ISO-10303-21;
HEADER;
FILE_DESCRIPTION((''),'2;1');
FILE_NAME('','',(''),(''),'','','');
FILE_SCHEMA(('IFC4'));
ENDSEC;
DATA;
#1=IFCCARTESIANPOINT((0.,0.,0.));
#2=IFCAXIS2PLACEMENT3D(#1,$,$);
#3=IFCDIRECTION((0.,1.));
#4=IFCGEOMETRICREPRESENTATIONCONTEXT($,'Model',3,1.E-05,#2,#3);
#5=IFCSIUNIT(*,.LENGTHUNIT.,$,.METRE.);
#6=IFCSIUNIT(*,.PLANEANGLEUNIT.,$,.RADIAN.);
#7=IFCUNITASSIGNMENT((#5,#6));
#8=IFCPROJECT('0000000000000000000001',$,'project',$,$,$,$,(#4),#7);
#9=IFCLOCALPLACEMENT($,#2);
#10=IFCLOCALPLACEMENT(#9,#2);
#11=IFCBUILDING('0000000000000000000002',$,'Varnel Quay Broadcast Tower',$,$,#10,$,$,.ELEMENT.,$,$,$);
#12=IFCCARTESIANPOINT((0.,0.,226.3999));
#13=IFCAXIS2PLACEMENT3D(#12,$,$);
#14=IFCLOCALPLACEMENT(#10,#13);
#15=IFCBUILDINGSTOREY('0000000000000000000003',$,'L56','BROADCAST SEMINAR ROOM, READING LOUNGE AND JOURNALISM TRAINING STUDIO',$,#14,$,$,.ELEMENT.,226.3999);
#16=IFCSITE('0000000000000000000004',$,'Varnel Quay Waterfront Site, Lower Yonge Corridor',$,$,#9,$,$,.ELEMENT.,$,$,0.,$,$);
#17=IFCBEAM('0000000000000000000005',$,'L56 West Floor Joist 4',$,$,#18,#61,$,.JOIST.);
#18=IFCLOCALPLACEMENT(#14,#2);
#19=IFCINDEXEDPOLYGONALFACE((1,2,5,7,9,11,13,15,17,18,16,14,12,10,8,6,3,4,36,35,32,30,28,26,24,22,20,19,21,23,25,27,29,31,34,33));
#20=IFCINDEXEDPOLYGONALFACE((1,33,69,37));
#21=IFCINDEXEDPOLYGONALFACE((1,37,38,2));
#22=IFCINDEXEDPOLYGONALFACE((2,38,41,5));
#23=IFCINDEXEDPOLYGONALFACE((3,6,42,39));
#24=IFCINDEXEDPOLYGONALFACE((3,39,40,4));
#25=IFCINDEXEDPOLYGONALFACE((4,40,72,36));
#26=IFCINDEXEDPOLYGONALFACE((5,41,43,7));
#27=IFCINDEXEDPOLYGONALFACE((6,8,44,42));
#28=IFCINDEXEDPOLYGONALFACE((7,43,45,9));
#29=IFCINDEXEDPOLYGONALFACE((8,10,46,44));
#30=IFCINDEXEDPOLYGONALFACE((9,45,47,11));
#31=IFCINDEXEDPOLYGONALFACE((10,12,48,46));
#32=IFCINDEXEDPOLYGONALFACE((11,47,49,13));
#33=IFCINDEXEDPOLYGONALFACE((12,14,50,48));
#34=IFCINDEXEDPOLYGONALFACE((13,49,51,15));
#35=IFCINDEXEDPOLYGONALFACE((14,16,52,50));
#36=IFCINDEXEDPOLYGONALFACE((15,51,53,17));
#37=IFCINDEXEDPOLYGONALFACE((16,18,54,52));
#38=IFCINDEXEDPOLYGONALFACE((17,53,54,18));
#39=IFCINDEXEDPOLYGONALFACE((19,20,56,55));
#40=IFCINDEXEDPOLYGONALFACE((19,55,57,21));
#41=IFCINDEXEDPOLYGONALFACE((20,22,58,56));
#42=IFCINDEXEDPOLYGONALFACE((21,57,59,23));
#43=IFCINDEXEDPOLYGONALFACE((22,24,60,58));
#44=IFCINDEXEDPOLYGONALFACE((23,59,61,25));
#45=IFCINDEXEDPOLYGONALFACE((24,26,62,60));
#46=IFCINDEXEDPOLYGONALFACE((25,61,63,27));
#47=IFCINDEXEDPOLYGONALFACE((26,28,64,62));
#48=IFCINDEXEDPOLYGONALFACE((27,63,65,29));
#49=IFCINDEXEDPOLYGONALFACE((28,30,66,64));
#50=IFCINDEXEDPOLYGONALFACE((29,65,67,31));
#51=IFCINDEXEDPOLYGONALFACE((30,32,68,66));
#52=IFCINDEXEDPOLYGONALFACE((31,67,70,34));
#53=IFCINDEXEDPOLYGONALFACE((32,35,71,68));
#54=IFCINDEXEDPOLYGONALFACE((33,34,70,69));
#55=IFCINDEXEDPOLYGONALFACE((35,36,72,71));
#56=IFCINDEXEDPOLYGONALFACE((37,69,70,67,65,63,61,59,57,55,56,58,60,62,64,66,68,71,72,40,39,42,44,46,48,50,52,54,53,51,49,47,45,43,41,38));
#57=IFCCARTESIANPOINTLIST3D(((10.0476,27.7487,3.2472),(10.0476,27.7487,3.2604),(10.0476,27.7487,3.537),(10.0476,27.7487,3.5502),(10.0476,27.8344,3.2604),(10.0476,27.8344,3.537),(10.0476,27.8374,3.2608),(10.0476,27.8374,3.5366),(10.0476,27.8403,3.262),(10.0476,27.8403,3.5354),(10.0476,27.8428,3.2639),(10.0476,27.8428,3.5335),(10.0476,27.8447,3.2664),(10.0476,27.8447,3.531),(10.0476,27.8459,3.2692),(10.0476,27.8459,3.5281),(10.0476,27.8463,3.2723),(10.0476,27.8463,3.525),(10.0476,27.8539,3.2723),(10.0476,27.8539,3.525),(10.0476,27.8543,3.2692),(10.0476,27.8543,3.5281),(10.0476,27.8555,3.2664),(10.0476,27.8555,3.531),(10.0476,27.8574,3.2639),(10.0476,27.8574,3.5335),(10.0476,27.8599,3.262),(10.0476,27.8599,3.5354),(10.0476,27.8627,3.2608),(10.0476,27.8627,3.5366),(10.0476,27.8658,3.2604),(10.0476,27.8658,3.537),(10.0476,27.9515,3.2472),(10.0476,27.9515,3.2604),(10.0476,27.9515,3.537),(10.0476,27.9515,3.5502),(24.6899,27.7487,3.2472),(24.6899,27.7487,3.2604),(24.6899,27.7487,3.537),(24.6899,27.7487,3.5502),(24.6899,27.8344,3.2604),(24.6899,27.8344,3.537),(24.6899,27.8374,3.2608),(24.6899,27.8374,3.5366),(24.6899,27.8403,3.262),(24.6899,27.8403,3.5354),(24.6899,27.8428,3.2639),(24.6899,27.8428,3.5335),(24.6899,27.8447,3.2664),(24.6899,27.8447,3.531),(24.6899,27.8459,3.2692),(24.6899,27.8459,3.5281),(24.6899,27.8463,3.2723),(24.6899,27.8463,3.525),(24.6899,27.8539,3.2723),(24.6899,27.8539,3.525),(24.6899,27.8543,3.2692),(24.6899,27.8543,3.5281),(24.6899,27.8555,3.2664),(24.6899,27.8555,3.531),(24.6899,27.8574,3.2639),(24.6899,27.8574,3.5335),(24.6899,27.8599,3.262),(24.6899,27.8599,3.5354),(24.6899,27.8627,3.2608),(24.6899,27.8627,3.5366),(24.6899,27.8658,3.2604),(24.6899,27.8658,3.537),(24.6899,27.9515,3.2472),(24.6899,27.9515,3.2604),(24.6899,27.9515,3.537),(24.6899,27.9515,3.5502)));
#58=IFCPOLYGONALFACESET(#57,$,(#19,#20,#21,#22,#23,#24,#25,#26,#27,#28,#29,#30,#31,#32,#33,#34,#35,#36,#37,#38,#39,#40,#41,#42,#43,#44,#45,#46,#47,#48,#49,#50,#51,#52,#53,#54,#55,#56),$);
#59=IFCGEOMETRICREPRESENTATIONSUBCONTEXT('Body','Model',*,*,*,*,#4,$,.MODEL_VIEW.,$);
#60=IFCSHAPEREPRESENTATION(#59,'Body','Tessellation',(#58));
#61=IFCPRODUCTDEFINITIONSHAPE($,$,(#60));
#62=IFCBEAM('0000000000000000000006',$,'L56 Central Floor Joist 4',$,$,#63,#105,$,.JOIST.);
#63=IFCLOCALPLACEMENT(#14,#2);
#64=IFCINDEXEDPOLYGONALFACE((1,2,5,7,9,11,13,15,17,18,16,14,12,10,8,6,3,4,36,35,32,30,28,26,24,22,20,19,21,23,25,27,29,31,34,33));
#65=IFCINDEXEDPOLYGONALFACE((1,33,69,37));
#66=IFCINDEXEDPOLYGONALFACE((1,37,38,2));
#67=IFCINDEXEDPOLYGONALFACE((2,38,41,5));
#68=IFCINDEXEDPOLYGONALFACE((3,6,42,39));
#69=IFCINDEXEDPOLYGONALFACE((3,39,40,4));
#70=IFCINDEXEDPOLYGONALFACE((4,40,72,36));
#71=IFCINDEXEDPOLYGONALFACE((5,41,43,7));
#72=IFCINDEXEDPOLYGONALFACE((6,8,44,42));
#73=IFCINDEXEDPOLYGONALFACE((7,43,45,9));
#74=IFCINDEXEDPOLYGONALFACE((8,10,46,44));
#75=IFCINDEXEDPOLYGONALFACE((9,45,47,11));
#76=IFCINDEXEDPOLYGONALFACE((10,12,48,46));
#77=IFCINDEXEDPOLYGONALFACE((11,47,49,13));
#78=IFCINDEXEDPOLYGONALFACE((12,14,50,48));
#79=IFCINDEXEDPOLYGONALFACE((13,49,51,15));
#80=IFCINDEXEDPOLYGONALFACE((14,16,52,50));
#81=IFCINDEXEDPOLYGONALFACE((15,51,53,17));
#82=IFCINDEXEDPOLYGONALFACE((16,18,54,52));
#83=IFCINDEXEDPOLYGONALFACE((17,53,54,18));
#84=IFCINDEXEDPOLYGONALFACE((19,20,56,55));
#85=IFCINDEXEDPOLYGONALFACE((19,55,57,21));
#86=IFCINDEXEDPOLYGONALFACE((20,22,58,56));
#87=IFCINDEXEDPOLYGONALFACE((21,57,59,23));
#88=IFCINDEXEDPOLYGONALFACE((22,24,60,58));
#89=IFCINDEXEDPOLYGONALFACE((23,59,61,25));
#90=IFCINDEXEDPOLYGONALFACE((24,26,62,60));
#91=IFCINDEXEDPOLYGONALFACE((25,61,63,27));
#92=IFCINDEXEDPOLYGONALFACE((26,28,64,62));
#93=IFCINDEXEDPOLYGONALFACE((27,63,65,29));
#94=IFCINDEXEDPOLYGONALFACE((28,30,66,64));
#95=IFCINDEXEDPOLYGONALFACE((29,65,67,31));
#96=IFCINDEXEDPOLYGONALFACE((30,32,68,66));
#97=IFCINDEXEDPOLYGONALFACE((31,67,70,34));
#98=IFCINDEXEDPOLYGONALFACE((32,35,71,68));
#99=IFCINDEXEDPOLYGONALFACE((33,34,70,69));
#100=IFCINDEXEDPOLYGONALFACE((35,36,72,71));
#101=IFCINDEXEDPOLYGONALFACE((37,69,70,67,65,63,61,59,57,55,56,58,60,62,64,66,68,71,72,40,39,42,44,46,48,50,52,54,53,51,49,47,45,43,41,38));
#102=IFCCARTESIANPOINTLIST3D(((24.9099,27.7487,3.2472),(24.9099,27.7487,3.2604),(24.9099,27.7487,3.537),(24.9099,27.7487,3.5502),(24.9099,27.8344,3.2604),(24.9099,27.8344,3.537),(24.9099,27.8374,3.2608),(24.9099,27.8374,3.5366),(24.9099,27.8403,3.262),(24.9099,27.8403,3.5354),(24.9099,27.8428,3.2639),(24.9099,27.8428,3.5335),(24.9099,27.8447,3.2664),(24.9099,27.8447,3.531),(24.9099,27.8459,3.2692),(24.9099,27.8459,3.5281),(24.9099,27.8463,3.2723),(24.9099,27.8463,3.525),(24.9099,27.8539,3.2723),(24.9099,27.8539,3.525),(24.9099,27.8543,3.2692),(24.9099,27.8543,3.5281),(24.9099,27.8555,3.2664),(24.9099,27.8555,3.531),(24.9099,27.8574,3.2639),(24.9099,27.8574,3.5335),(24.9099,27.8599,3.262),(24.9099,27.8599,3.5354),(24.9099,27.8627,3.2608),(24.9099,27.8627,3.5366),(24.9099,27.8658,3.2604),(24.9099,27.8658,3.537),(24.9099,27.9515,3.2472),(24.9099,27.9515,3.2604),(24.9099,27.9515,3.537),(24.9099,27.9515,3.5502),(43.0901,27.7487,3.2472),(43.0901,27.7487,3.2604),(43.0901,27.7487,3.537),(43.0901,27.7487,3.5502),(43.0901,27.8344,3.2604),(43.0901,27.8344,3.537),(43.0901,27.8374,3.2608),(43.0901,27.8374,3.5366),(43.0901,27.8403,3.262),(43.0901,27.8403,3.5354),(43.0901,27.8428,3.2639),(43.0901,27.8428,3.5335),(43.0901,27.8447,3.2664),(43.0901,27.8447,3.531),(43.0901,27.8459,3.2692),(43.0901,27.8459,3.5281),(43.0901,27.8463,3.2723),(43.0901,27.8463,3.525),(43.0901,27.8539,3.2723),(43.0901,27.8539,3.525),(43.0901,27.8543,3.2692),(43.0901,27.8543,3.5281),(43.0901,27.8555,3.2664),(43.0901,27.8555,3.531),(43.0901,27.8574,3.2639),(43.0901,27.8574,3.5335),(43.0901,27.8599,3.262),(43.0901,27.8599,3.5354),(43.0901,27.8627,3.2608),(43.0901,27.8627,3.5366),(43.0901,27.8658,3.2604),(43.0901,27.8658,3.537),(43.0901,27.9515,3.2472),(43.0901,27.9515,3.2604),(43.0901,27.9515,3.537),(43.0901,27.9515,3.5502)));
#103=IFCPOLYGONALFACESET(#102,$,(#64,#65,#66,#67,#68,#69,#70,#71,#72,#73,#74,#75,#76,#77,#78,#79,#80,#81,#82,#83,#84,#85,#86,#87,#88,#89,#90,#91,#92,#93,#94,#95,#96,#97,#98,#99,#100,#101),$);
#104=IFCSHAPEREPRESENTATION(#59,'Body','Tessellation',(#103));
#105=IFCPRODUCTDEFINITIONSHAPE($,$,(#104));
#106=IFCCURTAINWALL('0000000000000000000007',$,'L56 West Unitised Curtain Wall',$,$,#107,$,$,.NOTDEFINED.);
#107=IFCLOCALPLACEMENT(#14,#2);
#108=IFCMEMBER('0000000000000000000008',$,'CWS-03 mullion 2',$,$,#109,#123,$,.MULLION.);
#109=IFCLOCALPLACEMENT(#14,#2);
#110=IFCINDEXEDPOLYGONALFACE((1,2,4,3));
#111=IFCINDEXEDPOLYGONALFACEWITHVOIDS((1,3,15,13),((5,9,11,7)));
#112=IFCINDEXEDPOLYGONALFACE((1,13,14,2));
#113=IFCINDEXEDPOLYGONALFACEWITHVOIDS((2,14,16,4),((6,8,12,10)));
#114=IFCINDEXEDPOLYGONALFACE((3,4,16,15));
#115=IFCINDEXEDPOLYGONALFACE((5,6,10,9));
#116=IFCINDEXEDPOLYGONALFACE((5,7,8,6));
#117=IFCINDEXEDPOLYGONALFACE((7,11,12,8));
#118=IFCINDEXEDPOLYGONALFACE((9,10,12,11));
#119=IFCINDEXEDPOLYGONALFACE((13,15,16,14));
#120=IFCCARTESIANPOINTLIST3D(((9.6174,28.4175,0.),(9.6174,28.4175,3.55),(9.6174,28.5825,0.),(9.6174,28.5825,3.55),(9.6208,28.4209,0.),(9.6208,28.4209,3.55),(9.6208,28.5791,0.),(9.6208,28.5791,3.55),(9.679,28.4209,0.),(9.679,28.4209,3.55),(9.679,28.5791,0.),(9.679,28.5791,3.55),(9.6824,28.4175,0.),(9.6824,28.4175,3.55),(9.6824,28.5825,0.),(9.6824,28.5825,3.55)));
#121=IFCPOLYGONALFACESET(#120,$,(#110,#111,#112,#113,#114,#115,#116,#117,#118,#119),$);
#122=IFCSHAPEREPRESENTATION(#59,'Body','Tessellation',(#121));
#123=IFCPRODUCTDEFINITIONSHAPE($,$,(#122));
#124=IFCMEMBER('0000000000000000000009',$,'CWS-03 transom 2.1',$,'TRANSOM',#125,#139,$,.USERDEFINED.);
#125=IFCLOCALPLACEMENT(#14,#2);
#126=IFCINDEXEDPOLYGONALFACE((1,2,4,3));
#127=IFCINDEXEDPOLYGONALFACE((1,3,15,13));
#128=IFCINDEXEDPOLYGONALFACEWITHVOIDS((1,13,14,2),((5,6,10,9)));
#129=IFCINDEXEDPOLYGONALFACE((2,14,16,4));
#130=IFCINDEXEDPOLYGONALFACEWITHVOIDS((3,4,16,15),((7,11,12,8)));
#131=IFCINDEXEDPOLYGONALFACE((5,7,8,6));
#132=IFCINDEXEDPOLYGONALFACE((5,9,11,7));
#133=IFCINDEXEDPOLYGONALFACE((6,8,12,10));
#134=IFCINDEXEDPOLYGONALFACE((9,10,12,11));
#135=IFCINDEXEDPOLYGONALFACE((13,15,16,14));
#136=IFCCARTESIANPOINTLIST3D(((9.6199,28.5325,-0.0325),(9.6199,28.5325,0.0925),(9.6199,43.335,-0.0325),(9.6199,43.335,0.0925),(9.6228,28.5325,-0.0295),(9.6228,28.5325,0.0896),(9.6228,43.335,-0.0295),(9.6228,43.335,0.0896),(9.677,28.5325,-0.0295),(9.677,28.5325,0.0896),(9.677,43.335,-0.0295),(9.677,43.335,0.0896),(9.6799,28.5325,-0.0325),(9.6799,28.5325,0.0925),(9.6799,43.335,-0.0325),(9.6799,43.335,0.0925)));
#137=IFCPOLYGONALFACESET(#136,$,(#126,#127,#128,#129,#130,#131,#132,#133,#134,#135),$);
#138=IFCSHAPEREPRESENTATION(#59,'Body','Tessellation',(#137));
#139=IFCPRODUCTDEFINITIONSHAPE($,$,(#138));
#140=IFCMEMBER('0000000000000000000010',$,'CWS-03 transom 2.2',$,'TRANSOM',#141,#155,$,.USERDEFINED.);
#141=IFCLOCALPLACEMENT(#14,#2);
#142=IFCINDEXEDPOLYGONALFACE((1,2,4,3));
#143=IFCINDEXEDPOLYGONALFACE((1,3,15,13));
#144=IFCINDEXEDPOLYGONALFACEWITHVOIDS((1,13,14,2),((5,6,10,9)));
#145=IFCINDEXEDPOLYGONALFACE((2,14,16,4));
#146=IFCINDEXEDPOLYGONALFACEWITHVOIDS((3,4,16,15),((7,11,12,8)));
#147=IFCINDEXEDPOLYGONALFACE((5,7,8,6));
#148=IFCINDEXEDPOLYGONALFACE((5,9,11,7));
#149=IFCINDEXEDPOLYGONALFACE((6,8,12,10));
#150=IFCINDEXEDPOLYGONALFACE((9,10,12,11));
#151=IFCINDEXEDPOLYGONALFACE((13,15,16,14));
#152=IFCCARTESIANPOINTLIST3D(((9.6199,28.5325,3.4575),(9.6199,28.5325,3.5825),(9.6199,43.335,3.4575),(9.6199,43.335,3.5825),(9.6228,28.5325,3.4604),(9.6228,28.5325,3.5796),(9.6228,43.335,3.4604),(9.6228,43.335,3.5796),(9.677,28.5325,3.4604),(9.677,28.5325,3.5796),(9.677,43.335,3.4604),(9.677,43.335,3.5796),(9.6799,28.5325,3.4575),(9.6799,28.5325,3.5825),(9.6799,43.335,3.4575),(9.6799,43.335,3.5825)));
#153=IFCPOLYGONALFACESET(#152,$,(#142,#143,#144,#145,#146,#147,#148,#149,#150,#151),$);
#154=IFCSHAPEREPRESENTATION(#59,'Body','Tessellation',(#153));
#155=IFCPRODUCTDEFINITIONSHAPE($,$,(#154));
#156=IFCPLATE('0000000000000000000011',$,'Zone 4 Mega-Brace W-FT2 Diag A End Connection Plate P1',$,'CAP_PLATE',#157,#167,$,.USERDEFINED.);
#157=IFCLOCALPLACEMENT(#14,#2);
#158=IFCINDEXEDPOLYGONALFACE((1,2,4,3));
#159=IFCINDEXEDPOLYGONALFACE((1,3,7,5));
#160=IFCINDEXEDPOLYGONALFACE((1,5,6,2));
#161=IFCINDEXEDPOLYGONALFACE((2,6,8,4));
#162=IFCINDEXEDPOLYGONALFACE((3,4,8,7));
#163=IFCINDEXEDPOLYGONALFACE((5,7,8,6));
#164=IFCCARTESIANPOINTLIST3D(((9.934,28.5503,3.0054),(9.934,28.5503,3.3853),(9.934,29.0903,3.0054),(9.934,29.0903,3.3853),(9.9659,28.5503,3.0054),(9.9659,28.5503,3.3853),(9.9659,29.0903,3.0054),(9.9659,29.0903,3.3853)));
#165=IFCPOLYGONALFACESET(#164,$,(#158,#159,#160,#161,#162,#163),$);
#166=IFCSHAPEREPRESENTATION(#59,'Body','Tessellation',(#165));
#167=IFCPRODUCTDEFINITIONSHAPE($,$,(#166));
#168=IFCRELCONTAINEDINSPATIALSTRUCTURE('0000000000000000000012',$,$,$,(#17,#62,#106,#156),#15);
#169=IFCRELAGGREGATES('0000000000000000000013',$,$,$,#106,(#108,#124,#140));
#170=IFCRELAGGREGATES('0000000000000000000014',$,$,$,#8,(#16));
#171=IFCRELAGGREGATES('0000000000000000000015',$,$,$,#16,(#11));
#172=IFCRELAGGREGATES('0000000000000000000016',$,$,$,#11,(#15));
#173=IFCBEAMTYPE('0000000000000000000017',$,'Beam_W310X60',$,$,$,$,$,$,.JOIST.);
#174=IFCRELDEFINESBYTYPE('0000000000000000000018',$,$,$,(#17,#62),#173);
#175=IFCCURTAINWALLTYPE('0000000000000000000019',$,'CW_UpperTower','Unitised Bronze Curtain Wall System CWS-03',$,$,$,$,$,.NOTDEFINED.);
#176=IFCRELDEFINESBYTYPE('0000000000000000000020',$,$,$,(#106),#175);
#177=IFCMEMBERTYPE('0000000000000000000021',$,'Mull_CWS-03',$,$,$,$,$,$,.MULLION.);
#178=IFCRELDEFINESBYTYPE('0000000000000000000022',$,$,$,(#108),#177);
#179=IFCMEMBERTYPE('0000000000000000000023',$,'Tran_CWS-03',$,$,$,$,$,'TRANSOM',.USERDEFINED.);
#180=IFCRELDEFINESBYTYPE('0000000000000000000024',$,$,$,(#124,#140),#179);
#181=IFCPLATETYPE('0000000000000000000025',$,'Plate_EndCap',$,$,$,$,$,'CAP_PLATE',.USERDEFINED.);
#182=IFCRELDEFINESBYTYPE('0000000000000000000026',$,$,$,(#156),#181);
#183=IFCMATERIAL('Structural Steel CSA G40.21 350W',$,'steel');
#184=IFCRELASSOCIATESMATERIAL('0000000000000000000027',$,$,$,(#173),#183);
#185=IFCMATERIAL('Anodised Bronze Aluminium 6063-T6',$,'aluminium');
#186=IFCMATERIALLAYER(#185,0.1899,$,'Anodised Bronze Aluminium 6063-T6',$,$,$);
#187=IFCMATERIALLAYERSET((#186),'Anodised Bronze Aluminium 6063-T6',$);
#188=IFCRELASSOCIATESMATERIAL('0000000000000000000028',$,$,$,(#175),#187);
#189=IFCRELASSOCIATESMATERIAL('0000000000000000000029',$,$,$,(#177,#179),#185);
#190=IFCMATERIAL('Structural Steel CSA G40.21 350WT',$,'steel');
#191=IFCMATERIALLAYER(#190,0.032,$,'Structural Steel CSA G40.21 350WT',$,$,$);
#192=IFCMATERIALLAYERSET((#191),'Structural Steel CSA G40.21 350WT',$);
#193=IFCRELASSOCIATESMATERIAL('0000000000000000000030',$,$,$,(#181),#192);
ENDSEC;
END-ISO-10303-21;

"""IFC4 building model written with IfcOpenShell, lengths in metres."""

from ifc_helpers import new_model, si_unit, direction, frame, origin, origin_2d, place, context, subcontext, project, spatial, rectangle, hollow_rectangle, i_section, extrude, source, transform, mapped, material, layer, layer_set, material_profile, profile_set, type_object, type_shapes, element, aggregate, save


model = new_model("IFC4")

# Units and contexts
model_context = context("Model", 3, precision=1e-05, world=origin(), true_north=direction((0.0, 1.0)))
body_context = subcontext(model_context, "Body", "Model", "MODEL_VIEW")
ifc_project = project(units=[si_unit("LENGTHUNIT", "METRE"), si_unit("PLANEANGLEUNIT", "RADIAN")], contexts=[model_context])

# Site, building, storey
site_placement = place(None, origin())
site = spatial("IfcSite", under=ifc_project, at=site_placement, Name="Varnel Quay Waterfront Site, Lower Yonge Corridor", CompositionType="ELEMENT", RefElevation=0.0)
building_placement = place(site_placement, origin())
building = spatial("IfcBuilding", under=site, at=building_placement, Name="Varnel Quay Broadcast Tower", CompositionType="ELEMENT")
storey_placement = place(building_placement, frame((0.0, 0.0, 226.3999)))
storey = spatial("IfcBuildingStorey", under=building, at=storey_placement, Name="L56", Description="BROADCAST SEMINAR ROOM, READING LOUNGE AND JOURNALISM TRAINING STUDIO", CompositionType="ELEMENT", Elevation=226.3999)

# Shared definitions
ifc_material_1 = material(Name="Structural Steel CSA G40.21 350WT", Category="steel")
ifc_material_2 = material(Name="Structural Steel CSA G40.21 350W", Category="steel")

# Beams
ifc_material_profile_1 = material_profile(ifc_material_2, i_section(OverallWidth=0.2029, OverallDepth=0.303, WebThickness=0.0076, FlangeThickness=0.0132, FilletRadius=0.012, at=origin_2d()), Name="W310X60")
ifc_profile_set_1 = profile_set([ifc_material_profile_1], Name="Structural Steel CSA G40.21 350W")
beam_type_1 = type_object("IfcBeamType", Name="Beam_W310X60", PredefinedType="JOIST", material=ifc_profile_set_1)
shared_shape_1 = source(origin(), body_context, "Body", "SweptSolid", [
    extrude(i_section(OverallWidth=0.2029, OverallDepth=0.303, WebThickness=0.0076, FlangeThickness=0.0132, FilletRadius=0.012, at=origin_2d()), origin(), (0.0, 0.0, 1.0), 14.6423),
])
beam_1_placement = place(storey_placement, frame((10.0476, 27.8501, 3.3987), z_axis=(1.0, 0.0, 0.0), x_axis=(0.0, 1.0, 0.0)))
element("IfcBeam", 1, at=beam_1_placement, inside=storey, type_object=beam_type_1, Name="L56 West Floor Joist 4", PredefinedType="JOIST", context=body_context, shape_type="MappedRepresentation", body=[
    mapped(shared_shape_1, transform((0.0, 0.0, 0.0), x_axis=(1.0, 0.0, 0.0), y_axis=(0.0, 1.0, 0.0), z_axis=(0.0, 0.0, 1.0), scale=1.0)),
])
shared_shape_2 = source(origin(), body_context, "Body", "SweptSolid", [
    extrude(i_section(OverallWidth=0.2029, OverallDepth=0.303, WebThickness=0.0076, FlangeThickness=0.0132, FilletRadius=0.012, at=origin_2d()), origin(), (0.0, 0.0, 1.0), 18.1802),
])
type_shapes(beam_type_1, [shared_shape_1, shared_shape_2])
beam_2_placement = place(storey_placement, frame((24.9099, 27.8501, 3.3987), z_axis=(1.0, 0.0, 0.0), x_axis=(0.0, 1.0, 0.0)))
element("IfcBeam", 2, at=beam_2_placement, inside=storey, type_object=beam_type_1, Name="L56 Central Floor Joist 4", PredefinedType="JOIST", context=body_context, shape_type="MappedRepresentation", body=[
    mapped(shared_shape_2, transform((0.0, 0.0, 0.0), x_axis=(1.0, 0.0, 0.0), y_axis=(0.0, 1.0, 0.0), z_axis=(0.0, 0.0, 1.0), scale=1.0)),
])

# Curtain wall, members
ifc_material_3 = material(Name="Anodised Bronze Aluminium 6063-T6", Category="aluminium")
ifc_layer_1 = layer(ifc_material_3, 0.1899, Name="Anodised Bronze Aluminium 6063-T6")
ifc_layer_set_1 = layer_set([ifc_layer_1], Name="Anodised Bronze Aluminium 6063-T6")
curtain_wall_type = type_object("IfcCurtainWallType", Name="CW_UpperTower", Description="Unitised Bronze Curtain Wall System CWS-03", PredefinedType="NOTDEFINED", material=ifc_layer_set_1)
curtain_wall_placement = place(storey_placement, origin())
curtain_wall = element("IfcCurtainWall", 3, at=curtain_wall_placement, inside=storey, type_object=curtain_wall_type, Name="L56 West Unitised Curtain Wall", PredefinedType="NOTDEFINED")
ifc_material_profile_2 = material_profile(ifc_material_3, hollow_rectangle(XDim=0.0649, YDim=0.165, WallThickness=0.0034, at=origin_2d()), Name="ALU65X165X3.5")
ifc_profile_set_2 = profile_set([ifc_material_profile_2], Name="Anodised Bronze Aluminium 6063-T6")
member_type_1 = type_object("IfcMemberType", Name="Mull_CWS-03", PredefinedType="MULLION", material=ifc_profile_set_2)
shared_shape_3 = source(origin(), body_context, "Body", "SweptSolid", [
    extrude(hollow_rectangle(XDim=0.0649, YDim=0.165, WallThickness=0.0034, at=origin_2d()), origin(), (0.0, 0.0, 1.0), 3.55),
])
type_shapes(member_type_1, [shared_shape_3])
member_1_placement = place(storey_placement, frame((9.6499, 28.5, 0.0), z_axis=(0.0, 0.0, 1.0), x_axis=(-1.0, 0.0, 0.0)))
member_1 = element("IfcMember", 4, at=member_1_placement, type_object=member_type_1, Name="CWS-03 mullion 2", PredefinedType="MULLION", context=body_context, shape_type="MappedRepresentation", body=[
    mapped(shared_shape_3, transform((0.0, 0.0, 0.0), x_axis=(1.0, 0.0, 0.0), y_axis=(0.0, 1.0, 0.0), z_axis=(0.0, 0.0, 1.0), scale=1.0)),
])
ifc_material_profile_3 = material_profile(ifc_material_3, hollow_rectangle(XDim=0.0601, YDim=0.125, WallThickness=0.0029, at=origin_2d()), Name="ALU60X125X3")
ifc_profile_set_3 = profile_set([ifc_material_profile_3], Name="Anodised Bronze Aluminium 6063-T6")
member_type_2 = type_object("IfcMemberType", Name="Tran_CWS-03", ElementType="TRANSOM", PredefinedType="USERDEFINED", material=ifc_profile_set_3)
shared_shape_4 = source(origin(), body_context, "Body", "SweptSolid", [
    extrude(hollow_rectangle(XDim=0.0601, YDim=0.125, WallThickness=0.0029, at=origin_2d()), origin(), (0.0, 0.0, 1.0), 14.8025),
])
type_shapes(member_type_2, [shared_shape_4])
member_2_placement = place(storey_placement, frame((9.6499, 28.5325, 0.03), z_axis=(0.0, 1.0, 0.0), x_axis=(-1.0, 0.0, 0.0)))
member_2 = element("IfcMember", 5, at=member_2_placement, type_object=member_type_2, Name="CWS-03 transom 2.1", ObjectType="TRANSOM", PredefinedType="USERDEFINED", context=body_context, shape_type="MappedRepresentation", body=[
    mapped(shared_shape_4, transform((0.0, 0.0, 0.0), x_axis=(1.0, 0.0, 0.0), y_axis=(0.0, 1.0, 0.0), z_axis=(0.0, 0.0, 1.0), scale=1.0)),
])
member_3_placement = place(storey_placement, frame((9.6499, 28.5325, 3.52), z_axis=(0.0, 1.0, 0.0), x_axis=(-1.0, 0.0, 0.0)))
member_3 = element("IfcMember", 6, at=member_3_placement, type_object=member_type_2, Name="CWS-03 transom 2.2", ObjectType="TRANSOM", PredefinedType="USERDEFINED", context=body_context, shape_type="MappedRepresentation", body=[
    mapped(shared_shape_4, transform((0.0, 0.0, 0.0), x_axis=(1.0, 0.0, 0.0), y_axis=(0.0, 1.0, 0.0), z_axis=(0.0, 0.0, 1.0), scale=1.0)),
])

# Plate
ifc_layer_2 = layer(ifc_material_1, 0.032, Name="Structural Steel CSA G40.21 350WT")
ifc_layer_set_2 = layer_set([ifc_layer_2], Name="Structural Steel CSA G40.21 350WT")
plate_type_1 = type_object("IfcPlateType", Name="Plate_EndCap", ElementType="CAP_PLATE", PredefinedType="USERDEFINED", material=ifc_layer_set_2)
shared_shape_5 = source(origin(), body_context, "Body", "SweptSolid", [
    extrude(rectangle(XDim=0.54, YDim=0.032, at=origin_2d()), origin(), (0.0, 0.0, 1.0), 0.3799),
])
type_shapes(plate_type_1, [shared_shape_5])
plate_1_placement = place(storey_placement, frame((9.95, 28.8203, 3.0054), z_axis=(0.0, 0.0, 1.0), x_axis=(0.0, 1.0, 0.0)))
element("IfcPlate", 7, at=plate_1_placement, inside=storey, type_object=plate_type_1, Name="Zone 4 Mega-Brace W-FT2 Diag A End Connection Plate P1", ObjectType="CAP_PLATE", PredefinedType="USERDEFINED", context=body_context, shape_type="MappedRepresentation", body=[
    mapped(shared_shape_5, transform((0.0, 0.0, 0.0), x_axis=(1.0, 0.0, 0.0), y_axis=(0.0, 1.0, 0.0), z_axis=(0.0, 0.0, 1.0), scale=1.0)),
])
aggregate(curtain_wall, [member_1, member_2, member_3])

save(model, "model.ifc")
